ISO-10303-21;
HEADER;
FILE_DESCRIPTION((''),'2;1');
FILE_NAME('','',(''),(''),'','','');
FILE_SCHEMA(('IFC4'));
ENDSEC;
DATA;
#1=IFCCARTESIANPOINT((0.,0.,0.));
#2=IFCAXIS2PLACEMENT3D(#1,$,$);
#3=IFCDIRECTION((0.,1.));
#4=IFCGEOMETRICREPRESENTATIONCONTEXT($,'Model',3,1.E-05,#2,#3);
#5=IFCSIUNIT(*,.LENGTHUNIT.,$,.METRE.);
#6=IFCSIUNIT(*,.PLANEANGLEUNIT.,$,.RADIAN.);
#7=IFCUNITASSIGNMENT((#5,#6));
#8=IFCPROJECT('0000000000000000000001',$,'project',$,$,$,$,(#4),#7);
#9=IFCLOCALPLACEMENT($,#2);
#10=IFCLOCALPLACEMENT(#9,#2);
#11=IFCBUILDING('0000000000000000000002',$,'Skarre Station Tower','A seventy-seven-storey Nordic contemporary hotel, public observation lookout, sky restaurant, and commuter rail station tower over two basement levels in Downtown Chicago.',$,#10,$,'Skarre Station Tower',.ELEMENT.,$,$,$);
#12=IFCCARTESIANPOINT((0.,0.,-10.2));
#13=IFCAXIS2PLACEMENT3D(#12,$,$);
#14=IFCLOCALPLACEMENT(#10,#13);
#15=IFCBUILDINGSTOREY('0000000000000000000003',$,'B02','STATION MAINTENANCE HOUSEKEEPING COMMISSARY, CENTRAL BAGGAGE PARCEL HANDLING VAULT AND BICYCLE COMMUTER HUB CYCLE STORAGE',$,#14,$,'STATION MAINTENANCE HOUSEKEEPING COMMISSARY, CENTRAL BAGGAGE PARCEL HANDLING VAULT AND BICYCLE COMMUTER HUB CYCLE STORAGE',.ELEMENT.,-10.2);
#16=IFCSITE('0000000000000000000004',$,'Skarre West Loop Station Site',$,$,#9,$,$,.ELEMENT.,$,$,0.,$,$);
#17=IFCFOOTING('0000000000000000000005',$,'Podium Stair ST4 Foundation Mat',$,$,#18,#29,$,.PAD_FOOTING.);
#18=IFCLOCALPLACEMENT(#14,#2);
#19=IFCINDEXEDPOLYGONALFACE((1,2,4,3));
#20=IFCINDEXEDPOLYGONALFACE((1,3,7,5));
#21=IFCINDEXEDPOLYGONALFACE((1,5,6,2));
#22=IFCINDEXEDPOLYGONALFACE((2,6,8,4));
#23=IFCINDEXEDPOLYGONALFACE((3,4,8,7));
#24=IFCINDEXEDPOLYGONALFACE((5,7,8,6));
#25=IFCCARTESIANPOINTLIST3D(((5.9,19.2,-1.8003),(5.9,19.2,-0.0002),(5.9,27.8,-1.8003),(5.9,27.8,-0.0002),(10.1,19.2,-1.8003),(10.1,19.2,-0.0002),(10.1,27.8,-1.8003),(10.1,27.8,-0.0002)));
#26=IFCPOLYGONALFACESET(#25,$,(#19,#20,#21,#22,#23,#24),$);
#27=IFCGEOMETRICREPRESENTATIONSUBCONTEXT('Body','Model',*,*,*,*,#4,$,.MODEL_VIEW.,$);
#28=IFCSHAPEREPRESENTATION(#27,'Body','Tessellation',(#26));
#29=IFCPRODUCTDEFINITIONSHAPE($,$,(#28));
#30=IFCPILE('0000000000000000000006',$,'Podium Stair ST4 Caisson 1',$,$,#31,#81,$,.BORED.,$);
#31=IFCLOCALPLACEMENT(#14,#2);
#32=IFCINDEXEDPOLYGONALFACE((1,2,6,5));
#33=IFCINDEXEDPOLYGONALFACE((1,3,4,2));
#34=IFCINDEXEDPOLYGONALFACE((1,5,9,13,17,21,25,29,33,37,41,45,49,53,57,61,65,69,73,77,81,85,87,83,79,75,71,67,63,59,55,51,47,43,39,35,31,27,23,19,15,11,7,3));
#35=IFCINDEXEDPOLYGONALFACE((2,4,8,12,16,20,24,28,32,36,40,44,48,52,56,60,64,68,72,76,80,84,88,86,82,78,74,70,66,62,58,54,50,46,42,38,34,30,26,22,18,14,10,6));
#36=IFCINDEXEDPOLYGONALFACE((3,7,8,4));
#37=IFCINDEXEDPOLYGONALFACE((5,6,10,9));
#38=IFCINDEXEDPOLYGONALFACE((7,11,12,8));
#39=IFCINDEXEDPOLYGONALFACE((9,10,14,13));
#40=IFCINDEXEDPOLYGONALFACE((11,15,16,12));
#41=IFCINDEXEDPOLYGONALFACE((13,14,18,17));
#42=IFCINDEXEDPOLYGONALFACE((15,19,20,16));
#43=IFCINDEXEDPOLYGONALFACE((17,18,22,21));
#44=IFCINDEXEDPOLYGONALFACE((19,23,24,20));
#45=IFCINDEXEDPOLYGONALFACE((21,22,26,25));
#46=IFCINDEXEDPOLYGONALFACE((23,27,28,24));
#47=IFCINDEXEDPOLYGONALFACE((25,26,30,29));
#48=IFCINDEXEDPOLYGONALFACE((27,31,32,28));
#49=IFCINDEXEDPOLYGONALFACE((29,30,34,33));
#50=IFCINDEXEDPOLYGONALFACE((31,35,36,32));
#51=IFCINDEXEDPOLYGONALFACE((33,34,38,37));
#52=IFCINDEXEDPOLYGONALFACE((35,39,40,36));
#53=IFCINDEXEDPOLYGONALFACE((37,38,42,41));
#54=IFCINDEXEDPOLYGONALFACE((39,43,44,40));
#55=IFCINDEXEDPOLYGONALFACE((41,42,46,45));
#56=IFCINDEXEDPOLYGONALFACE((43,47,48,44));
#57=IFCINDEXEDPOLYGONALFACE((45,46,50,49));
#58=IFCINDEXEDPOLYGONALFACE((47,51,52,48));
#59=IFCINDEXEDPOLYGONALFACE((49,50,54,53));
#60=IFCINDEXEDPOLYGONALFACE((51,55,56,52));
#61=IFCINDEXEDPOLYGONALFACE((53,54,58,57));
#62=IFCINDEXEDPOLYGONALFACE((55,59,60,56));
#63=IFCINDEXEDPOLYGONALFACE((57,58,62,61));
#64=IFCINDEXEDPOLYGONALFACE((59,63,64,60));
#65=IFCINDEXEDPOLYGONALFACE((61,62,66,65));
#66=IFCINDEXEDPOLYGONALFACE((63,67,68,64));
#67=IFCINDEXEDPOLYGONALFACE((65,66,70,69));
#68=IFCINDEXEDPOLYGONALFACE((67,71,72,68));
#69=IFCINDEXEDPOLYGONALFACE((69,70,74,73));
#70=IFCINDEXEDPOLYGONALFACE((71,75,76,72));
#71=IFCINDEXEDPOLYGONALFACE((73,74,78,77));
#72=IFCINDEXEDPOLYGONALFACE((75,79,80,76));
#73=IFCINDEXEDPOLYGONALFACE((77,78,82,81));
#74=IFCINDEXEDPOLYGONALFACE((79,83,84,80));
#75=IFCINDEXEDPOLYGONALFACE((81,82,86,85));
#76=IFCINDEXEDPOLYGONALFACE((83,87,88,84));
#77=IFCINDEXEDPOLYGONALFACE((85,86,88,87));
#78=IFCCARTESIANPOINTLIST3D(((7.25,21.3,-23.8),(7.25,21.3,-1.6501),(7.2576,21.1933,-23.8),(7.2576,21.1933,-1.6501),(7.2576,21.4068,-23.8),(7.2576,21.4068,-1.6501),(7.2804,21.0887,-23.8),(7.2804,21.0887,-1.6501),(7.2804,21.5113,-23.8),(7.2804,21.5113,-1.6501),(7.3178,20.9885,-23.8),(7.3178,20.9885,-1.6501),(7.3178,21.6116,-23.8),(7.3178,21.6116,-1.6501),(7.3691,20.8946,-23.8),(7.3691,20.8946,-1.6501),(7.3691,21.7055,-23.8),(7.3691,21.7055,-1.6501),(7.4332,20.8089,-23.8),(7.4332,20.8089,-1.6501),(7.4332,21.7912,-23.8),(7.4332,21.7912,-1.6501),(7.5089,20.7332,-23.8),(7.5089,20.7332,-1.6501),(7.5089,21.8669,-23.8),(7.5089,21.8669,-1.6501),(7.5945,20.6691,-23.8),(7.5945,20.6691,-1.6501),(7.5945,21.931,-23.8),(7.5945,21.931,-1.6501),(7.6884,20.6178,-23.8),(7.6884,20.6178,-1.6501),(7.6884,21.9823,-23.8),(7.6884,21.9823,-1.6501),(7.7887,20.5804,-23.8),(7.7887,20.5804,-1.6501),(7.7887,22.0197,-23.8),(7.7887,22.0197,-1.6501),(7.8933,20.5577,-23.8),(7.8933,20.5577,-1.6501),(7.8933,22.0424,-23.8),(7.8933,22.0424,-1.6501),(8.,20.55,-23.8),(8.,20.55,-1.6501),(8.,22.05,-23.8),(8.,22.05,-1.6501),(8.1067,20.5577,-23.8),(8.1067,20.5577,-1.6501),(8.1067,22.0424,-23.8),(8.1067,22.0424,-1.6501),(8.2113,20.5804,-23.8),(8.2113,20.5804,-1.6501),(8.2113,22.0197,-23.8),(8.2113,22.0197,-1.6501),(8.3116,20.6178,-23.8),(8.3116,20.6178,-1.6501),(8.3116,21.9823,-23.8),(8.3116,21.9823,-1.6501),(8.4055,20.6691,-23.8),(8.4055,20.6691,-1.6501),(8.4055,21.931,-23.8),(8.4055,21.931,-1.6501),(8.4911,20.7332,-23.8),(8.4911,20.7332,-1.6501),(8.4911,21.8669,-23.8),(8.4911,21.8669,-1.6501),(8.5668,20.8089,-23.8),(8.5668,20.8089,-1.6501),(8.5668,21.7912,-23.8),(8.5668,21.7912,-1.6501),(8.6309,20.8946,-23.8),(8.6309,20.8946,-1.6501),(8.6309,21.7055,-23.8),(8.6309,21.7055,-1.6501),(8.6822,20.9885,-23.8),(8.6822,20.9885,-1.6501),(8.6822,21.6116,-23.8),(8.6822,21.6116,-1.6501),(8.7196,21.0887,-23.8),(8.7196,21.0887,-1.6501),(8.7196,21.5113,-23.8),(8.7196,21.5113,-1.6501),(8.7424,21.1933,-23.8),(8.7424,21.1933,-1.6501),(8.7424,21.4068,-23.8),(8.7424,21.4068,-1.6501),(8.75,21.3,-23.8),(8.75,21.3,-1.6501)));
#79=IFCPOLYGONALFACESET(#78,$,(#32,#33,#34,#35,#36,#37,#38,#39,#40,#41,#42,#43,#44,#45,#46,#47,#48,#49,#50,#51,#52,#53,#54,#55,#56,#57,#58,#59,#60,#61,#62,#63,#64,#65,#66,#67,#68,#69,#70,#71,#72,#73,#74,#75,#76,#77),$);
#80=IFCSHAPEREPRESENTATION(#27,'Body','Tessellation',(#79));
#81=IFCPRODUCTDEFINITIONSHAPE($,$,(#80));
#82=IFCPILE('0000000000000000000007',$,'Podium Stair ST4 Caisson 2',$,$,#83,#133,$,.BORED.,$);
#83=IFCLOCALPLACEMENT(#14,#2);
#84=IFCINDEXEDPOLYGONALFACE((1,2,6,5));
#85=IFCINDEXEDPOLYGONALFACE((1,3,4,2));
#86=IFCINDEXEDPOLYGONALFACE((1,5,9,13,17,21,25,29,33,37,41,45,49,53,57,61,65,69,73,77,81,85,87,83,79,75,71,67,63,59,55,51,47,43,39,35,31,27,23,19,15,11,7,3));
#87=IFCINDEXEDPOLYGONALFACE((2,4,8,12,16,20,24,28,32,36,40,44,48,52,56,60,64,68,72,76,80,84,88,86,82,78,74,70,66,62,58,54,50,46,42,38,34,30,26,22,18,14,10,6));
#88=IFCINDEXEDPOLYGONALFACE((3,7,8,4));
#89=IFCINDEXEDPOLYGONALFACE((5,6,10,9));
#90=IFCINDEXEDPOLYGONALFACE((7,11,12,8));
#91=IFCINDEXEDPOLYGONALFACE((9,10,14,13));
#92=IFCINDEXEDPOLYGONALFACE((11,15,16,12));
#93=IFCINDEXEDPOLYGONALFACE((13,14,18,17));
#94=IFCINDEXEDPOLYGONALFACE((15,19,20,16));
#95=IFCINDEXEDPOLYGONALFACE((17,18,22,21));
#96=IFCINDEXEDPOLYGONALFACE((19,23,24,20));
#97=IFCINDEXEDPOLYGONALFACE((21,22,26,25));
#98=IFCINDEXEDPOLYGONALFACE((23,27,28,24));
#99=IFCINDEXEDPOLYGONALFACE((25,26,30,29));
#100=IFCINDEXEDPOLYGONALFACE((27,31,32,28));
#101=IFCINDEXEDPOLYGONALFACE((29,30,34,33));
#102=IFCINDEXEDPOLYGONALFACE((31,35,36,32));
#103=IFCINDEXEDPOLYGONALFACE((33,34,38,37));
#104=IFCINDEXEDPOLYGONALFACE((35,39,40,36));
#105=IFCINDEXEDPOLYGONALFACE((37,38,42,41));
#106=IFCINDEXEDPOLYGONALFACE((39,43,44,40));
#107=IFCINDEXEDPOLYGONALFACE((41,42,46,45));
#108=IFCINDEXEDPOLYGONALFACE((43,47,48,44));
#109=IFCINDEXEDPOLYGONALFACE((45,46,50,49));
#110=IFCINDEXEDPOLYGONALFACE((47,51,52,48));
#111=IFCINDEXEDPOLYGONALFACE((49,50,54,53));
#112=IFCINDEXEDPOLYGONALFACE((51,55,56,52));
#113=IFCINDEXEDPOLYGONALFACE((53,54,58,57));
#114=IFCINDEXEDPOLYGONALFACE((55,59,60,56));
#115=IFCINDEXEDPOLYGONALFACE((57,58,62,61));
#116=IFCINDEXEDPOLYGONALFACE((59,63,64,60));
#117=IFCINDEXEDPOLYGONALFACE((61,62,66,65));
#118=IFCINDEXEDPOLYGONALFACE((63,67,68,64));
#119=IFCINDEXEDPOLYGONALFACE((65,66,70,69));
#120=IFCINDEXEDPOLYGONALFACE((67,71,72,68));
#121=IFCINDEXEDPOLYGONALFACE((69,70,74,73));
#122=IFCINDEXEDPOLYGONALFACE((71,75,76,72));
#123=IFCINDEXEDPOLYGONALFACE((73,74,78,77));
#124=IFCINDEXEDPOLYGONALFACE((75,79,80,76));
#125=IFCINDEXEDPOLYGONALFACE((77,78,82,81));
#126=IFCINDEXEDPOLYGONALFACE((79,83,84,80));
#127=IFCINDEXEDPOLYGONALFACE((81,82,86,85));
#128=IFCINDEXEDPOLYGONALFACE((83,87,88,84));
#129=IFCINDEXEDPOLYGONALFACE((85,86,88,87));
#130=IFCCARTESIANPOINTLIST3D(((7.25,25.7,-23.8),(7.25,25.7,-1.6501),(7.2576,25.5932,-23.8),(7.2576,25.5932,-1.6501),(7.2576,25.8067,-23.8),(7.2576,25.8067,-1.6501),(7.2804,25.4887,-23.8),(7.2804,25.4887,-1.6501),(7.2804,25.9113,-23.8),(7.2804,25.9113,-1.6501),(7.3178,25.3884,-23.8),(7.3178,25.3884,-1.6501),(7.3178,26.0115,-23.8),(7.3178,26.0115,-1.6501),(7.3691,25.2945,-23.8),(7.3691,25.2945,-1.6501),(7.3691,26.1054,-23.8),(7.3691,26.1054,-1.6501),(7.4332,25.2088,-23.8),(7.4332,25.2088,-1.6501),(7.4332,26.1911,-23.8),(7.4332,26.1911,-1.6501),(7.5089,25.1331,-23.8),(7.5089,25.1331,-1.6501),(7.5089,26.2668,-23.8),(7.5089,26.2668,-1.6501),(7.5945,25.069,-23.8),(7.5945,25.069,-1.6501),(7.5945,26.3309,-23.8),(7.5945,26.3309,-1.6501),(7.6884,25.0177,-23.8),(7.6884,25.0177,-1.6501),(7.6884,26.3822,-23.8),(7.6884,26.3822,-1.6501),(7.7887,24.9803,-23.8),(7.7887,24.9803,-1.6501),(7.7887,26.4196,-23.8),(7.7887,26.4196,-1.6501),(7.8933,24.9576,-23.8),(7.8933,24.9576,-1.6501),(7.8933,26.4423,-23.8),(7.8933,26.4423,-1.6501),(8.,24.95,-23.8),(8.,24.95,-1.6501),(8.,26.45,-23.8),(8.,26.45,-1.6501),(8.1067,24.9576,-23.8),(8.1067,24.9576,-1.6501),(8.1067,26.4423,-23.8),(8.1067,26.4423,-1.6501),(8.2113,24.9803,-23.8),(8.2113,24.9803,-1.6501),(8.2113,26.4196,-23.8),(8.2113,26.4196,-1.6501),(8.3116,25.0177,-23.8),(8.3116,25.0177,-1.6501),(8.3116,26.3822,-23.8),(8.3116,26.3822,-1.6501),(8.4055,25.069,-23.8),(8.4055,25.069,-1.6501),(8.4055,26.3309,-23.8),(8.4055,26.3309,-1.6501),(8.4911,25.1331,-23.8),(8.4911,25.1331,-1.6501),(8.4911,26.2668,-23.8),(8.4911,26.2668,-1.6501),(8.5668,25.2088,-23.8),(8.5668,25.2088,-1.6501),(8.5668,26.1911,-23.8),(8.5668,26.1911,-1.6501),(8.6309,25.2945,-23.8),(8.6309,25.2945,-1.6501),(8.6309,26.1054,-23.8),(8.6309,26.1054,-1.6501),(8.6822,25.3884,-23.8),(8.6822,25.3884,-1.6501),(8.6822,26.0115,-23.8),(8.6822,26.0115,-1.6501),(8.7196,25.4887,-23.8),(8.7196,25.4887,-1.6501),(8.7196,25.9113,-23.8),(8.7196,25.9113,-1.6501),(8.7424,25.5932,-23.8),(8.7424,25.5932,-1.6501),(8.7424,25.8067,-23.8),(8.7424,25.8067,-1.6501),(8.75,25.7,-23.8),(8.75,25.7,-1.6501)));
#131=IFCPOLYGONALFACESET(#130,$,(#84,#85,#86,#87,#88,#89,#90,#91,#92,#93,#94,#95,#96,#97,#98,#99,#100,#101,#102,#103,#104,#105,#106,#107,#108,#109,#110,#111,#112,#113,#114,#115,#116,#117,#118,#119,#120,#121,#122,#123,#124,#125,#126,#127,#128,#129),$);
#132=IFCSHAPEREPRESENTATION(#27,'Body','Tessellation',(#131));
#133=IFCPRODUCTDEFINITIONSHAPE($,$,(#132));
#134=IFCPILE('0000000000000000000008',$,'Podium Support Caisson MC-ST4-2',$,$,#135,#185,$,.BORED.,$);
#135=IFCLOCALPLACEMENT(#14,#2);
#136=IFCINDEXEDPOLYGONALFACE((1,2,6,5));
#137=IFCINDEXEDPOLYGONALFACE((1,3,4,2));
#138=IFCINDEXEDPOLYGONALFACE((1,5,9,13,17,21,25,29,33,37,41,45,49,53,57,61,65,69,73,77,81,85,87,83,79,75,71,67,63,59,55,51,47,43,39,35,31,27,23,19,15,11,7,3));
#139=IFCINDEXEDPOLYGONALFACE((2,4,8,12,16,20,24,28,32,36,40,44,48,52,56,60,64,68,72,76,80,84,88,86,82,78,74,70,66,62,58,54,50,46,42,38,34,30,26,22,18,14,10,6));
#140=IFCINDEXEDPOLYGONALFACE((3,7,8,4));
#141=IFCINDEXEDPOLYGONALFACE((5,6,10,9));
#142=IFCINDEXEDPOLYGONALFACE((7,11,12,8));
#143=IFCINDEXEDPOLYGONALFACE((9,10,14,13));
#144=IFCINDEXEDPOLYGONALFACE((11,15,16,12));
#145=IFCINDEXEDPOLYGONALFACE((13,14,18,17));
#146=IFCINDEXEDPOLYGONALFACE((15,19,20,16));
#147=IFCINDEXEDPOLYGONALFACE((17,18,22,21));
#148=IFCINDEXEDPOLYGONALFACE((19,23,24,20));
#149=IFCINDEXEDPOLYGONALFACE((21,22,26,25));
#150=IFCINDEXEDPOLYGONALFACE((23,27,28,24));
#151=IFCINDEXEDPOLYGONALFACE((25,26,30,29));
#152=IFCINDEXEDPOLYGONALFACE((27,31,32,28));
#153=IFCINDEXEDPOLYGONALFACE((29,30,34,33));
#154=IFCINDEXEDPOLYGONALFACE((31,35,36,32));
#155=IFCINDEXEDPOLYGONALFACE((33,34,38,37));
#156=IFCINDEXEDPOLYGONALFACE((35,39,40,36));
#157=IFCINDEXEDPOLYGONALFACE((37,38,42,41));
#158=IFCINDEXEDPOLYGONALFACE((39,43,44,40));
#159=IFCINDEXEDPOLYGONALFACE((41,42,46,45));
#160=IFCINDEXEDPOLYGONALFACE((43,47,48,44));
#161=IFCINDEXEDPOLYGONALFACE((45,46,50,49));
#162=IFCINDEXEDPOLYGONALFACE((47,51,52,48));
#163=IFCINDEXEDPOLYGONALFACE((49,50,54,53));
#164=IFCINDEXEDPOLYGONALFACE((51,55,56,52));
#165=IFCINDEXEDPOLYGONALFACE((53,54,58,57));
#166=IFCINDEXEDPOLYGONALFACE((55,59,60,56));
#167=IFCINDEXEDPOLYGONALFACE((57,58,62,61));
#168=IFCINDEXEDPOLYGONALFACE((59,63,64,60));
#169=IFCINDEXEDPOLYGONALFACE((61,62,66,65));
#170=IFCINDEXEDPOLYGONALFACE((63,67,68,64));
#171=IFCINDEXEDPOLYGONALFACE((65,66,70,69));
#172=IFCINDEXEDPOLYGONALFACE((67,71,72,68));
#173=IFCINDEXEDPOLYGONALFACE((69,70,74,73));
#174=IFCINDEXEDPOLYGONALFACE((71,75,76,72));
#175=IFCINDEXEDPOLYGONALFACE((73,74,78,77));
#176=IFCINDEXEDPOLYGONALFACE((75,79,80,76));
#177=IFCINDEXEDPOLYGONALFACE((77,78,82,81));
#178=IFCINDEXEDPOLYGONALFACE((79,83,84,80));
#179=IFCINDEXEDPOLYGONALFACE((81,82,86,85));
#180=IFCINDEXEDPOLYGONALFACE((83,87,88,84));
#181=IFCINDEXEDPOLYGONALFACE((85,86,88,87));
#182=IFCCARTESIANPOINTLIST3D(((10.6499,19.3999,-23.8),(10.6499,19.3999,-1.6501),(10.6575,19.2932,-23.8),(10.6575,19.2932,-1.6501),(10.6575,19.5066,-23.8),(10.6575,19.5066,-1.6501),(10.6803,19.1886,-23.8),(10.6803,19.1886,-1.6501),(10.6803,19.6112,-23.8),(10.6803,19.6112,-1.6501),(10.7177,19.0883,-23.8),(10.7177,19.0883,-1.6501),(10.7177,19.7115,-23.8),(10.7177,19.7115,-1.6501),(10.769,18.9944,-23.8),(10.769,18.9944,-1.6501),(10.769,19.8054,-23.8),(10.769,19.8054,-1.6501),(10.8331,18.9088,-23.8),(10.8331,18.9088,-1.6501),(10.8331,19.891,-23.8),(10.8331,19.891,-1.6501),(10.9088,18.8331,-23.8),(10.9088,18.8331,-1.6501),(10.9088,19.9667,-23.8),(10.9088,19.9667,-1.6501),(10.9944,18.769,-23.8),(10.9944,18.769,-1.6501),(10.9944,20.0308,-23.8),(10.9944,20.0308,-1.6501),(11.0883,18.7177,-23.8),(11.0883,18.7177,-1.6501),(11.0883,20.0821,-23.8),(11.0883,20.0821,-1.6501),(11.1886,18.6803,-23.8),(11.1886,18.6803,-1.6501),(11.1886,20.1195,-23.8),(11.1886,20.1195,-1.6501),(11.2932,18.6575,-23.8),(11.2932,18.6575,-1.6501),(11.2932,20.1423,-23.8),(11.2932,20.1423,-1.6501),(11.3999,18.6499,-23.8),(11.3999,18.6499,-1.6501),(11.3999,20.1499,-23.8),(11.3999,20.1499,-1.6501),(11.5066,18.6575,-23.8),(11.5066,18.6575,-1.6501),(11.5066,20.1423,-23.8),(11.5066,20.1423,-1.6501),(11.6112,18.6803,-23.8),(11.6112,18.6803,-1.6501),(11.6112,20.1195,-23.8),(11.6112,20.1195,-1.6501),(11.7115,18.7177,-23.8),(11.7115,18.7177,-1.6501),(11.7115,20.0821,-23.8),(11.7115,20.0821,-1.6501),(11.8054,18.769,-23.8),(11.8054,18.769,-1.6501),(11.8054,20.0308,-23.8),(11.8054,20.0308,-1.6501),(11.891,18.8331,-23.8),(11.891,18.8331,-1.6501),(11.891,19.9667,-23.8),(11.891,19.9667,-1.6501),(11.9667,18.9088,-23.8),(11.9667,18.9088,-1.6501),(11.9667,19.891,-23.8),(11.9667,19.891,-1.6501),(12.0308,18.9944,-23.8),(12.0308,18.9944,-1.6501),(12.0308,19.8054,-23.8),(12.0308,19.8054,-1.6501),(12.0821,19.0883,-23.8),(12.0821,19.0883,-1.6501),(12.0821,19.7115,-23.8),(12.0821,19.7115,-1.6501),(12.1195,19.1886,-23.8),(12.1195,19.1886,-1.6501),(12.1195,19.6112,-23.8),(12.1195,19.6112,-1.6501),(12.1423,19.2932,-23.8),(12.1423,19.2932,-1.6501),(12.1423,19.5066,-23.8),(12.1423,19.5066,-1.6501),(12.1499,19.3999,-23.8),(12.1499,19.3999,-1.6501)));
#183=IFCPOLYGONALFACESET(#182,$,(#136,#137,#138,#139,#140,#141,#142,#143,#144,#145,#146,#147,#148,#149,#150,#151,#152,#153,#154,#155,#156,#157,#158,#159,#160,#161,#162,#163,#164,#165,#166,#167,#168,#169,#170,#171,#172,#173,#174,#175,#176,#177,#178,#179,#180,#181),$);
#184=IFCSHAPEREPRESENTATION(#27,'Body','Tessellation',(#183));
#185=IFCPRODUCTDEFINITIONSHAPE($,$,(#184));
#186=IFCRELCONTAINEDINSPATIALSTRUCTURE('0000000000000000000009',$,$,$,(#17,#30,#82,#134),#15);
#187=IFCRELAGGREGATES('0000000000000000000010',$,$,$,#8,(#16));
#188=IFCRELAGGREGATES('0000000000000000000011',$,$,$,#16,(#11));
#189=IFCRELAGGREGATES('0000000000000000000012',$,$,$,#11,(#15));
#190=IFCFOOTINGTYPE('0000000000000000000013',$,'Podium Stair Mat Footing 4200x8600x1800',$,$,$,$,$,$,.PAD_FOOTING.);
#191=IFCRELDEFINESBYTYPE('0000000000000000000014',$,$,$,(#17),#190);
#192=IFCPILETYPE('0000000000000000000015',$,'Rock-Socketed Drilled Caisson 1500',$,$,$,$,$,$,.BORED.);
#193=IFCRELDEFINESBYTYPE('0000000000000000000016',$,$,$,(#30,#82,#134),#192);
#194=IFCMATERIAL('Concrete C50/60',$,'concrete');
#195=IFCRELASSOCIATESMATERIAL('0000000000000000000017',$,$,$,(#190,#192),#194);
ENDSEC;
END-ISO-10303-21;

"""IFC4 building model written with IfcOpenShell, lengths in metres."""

from ifc_helpers import new_model, si_unit, direction, frame, origin, origin_2d, place, context, subcontext, project, spatial, rectangle, circle, extrude, material, material_profile, profile_set, type_object, element, save


model = new_model("IFC4")

# Units and contexts
model_context = context("Model", 3, precision=1e-05, world=origin(), true_north=direction((0.0, 1.0)))
body_context = subcontext(model_context, "Body", "Model", "MODEL_VIEW")
ifc_project = project(units=[si_unit("LENGTHUNIT", "METRE"), si_unit("PLANEANGLEUNIT", "RADIAN")], contexts=[model_context])

# Site, building, storey
site_placement = place(None, origin())
site = spatial("IfcSite", under=ifc_project, at=site_placement, Name="Skarre West Loop Station Site", CompositionType="ELEMENT", RefElevation=0.0)
building_placement = place(site_placement, origin())
building = spatial("IfcBuilding", under=site, at=building_placement, Name="Skarre Station Tower", Description="A seventy-seven-storey Nordic contemporary hotel, public observation lookout, sky restaurant, and commuter rail station tower over two basement levels in Downtown Chicago.", LongName="Skarre Station Tower", CompositionType="ELEMENT")
storey_placement = place(building_placement, frame((0.0, 0.0, -10.2)))
storey = spatial("IfcBuildingStorey", under=building, at=storey_placement, Name="B02", Description="STATION MAINTENANCE HOUSEKEEPING COMMISSARY, CENTRAL BAGGAGE PARCEL HANDLING VAULT AND BICYCLE COMMUTER HUB CYCLE STORAGE", LongName="STATION MAINTENANCE HOUSEKEEPING COMMISSARY, CENTRAL BAGGAGE PARCEL HANDLING VAULT AND BICYCLE COMMUTER HUB CYCLE STORAGE", CompositionType="ELEMENT", Elevation=-10.2)

# Footing
ifc_material_1 = material(Name="Concrete C50/60", Category="concrete")
footing_type = type_object("IfcFootingType", Name="Podium Stair Mat Footing 4200x8600x1800", PredefinedType="PAD_FOOTING", material=ifc_material_1)
footing_placement = place(storey_placement, frame((8.0, 23.5, -1.8003), z_axis=(0.0, 0.0, 1.0), x_axis=(1.0, 0.0, 0.0)))
element("IfcFooting", 1, at=footing_placement, inside=storey, type_object=footing_type, Name="Podium Stair ST4 Foundation Mat", PredefinedType="PAD_FOOTING", context=body_context, shape_type="SweptSolid", body=[
    extrude(rectangle(XDim=4.2, YDim=8.6001, at=origin_2d()), origin(), (0.0, 0.0, 1.0), 1.8),
])

# Piles
ifc_material_profile_1 = material_profile(ifc_material_1, circle(Radius=0.75, at=origin_2d()), Name="Concrete C50/60")
ifc_profile_set_1 = profile_set([ifc_material_profile_1], Name="Concrete C50/60")
pile_type_1 = type_object("IfcPileType", Name="Rock-Socketed Drilled Caisson 1500", PredefinedType="BORED", material=ifc_profile_set_1)
for number, where, z_axis, x_axis, name in (
    (2, (8.0, 21.3, -1.6501), (0.0, 0.0, -1.0), (1.0, 0.0, 0.0), "Podium Stair ST4 Caisson 1"),
    (3, (8.0, 25.7, -1.6501), (0.0, 0.0, -1.0), (1.0, 0.0, 0.0), "Podium Stair ST4 Caisson 2"),
    (4, (11.3999, 19.3999, -1.6501), (0.0, 0.0, -1.0), (1.0, 0.0, 0.0), "Podium Support Caisson MC-ST4-2"),
):
    element("IfcPile", number, at=place(storey_placement, frame(where, z_axis=z_axis, x_axis=x_axis)), inside=storey, type_object=pile_type_1, Name=name, PredefinedType="BORED", context=body_context, shape_type="SweptSolid", body=[
        extrude(circle(Radius=0.75, at=origin_2d()), origin(), (0.0, 0.0, 1.0), 22.1499),
    ])

save(model, "model.ifc")
